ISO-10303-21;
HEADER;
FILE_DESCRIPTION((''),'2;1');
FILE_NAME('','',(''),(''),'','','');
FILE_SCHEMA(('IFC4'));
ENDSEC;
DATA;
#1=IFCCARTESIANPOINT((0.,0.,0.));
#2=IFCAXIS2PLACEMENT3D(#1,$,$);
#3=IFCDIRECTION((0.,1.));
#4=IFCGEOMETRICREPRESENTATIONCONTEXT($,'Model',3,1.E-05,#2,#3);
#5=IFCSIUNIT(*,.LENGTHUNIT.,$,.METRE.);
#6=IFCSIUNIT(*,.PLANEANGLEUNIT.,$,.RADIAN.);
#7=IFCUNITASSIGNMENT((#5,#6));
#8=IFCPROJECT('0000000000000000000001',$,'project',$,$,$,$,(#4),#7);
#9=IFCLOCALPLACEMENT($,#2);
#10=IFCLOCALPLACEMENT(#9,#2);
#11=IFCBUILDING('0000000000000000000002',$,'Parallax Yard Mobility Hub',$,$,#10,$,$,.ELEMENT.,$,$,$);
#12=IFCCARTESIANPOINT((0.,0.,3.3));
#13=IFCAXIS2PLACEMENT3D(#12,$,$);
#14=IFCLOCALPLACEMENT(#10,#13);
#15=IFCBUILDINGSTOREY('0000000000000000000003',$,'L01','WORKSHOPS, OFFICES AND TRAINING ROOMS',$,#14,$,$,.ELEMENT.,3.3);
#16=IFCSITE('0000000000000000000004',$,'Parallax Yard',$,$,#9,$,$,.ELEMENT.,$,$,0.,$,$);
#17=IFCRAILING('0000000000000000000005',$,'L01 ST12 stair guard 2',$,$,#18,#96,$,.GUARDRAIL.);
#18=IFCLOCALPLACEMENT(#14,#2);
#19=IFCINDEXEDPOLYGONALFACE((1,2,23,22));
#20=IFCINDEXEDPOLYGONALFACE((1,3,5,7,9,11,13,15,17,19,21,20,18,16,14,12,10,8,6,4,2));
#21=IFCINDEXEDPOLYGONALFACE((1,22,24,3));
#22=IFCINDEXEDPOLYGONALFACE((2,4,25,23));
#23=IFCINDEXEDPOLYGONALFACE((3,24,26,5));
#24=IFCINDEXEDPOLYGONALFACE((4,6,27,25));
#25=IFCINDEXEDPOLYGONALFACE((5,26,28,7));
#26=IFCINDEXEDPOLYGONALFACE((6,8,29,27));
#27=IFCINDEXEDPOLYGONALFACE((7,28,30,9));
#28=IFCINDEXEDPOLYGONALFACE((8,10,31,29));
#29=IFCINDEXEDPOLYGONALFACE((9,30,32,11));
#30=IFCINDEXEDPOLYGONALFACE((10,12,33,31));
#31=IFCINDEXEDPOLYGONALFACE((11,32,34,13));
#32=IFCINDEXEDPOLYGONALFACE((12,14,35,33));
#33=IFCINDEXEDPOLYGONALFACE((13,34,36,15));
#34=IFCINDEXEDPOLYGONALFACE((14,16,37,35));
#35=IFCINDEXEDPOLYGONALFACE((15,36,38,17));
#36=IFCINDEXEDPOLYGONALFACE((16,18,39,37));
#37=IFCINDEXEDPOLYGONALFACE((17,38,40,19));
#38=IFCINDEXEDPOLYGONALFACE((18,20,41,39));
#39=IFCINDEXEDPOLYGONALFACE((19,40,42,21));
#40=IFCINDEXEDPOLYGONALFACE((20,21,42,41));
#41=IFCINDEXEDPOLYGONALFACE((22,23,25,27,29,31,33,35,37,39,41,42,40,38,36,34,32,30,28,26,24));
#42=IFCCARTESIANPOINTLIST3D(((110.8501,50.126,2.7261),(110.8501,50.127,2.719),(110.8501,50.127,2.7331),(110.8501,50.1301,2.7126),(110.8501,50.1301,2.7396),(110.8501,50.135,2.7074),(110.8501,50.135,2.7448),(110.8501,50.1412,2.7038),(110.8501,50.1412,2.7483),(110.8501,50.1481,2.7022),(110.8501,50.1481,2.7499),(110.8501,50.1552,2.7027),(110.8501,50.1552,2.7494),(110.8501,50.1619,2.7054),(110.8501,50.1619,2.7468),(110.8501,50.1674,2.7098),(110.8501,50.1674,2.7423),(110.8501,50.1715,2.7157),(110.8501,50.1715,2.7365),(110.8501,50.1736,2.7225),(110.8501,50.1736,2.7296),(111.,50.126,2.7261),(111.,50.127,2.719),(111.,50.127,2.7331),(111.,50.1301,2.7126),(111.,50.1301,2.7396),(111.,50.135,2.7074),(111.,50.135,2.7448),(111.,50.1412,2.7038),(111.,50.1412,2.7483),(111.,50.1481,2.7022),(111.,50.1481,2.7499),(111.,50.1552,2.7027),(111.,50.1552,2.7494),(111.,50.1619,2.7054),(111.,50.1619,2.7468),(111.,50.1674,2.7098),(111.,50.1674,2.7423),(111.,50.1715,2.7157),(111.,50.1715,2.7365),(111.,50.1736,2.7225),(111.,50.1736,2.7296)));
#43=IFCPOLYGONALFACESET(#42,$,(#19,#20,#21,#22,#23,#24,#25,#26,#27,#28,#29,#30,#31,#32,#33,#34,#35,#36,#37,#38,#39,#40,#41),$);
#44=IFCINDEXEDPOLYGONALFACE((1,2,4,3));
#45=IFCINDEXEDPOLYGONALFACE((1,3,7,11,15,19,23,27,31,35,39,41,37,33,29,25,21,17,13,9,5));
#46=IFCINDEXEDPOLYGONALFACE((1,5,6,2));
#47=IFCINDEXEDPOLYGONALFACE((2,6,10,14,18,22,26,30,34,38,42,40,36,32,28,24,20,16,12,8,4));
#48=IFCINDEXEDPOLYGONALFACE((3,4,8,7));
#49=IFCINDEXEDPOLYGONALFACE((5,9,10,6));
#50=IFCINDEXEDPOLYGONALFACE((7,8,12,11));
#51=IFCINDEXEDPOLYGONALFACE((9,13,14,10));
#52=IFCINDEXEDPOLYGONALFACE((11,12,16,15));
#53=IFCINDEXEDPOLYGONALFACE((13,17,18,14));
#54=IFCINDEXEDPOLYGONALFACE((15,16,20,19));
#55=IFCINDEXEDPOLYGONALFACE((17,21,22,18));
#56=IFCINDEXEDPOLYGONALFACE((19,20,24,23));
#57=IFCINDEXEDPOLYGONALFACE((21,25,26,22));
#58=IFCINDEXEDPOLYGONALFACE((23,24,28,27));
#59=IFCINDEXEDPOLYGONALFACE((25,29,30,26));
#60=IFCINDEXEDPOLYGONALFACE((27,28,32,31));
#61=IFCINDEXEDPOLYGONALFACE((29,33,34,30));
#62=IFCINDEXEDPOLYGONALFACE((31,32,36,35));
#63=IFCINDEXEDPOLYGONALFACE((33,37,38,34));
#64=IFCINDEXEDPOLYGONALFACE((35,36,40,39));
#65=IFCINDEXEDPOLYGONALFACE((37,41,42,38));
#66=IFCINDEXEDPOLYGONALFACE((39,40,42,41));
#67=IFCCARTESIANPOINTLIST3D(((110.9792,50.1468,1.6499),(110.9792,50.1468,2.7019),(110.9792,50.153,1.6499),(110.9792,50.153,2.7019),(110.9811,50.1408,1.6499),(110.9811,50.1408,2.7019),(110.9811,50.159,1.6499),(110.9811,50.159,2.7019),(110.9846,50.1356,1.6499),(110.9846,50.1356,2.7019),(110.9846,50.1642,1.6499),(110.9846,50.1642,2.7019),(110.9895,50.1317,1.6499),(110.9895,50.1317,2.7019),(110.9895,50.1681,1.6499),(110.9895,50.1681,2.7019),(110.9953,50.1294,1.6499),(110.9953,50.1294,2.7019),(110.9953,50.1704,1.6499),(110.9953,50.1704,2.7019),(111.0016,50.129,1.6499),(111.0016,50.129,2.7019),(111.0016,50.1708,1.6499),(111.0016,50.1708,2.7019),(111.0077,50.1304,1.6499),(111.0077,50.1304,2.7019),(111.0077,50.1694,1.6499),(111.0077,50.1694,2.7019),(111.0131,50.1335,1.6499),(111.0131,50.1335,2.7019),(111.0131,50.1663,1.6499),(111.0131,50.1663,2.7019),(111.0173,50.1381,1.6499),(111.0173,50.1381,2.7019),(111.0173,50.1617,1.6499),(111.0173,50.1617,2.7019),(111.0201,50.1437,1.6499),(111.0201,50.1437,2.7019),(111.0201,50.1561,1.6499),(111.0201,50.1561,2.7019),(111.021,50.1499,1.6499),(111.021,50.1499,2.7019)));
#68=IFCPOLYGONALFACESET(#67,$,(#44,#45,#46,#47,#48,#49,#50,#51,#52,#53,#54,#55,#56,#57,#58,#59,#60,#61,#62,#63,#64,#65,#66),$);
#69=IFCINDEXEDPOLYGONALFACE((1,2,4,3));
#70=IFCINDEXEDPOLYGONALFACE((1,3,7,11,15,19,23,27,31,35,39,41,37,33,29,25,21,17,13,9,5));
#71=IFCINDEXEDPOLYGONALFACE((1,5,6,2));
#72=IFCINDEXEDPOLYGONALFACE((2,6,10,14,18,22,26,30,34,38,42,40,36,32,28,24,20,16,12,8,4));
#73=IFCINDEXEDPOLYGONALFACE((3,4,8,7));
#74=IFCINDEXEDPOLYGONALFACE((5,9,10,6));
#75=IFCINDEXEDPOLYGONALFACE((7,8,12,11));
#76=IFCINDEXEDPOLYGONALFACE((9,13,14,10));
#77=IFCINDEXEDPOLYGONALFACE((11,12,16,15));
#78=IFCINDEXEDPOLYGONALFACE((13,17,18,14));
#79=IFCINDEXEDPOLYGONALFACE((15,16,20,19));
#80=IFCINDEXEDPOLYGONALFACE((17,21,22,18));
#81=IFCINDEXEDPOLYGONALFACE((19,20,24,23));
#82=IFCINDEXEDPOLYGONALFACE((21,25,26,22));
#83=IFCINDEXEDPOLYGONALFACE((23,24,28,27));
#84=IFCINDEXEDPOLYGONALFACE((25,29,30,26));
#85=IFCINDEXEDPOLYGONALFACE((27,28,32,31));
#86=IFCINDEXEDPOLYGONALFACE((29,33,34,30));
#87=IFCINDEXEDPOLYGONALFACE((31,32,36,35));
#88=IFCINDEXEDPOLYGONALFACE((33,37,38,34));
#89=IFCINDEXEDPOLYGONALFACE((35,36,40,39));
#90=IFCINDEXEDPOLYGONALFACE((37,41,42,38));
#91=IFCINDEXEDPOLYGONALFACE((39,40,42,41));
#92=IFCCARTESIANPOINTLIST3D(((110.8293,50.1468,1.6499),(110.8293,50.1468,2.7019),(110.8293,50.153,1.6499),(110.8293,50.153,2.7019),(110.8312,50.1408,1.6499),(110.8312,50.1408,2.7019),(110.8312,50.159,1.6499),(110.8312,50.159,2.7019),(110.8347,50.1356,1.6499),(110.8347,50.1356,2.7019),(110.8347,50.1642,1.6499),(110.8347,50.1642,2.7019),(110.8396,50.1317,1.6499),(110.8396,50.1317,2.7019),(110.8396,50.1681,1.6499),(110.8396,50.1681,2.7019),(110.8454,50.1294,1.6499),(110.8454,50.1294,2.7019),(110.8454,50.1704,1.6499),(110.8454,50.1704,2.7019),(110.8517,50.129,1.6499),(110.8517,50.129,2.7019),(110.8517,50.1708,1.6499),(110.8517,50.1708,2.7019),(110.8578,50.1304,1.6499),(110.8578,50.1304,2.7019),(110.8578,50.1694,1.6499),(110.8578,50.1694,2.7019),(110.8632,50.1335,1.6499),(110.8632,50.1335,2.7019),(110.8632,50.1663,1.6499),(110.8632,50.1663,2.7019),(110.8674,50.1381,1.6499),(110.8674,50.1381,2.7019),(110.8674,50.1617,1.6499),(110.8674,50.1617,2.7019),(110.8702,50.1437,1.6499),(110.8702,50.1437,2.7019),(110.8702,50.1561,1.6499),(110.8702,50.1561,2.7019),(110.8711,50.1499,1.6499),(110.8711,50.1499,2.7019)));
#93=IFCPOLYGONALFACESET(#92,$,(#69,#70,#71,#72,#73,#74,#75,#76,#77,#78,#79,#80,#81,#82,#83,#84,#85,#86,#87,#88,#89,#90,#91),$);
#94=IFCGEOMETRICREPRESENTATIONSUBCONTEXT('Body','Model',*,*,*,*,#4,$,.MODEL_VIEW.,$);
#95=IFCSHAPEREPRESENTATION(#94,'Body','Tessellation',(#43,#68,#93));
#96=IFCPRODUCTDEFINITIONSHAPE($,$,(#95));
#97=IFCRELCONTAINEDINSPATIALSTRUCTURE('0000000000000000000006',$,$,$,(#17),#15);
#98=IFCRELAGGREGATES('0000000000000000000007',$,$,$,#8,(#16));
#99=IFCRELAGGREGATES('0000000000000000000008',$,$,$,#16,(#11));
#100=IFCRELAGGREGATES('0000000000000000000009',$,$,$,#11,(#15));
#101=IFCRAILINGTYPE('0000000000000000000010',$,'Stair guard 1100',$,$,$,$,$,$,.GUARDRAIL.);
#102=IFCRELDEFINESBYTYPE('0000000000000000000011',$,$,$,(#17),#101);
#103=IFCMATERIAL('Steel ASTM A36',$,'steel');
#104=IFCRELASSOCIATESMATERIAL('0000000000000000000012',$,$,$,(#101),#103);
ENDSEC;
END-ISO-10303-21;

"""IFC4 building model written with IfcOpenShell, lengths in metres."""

from ifc_helpers import new_model, si_unit, direction, frame, origin, origin_2d, place, context, subcontext, project, spatial, circle, extrude, material, type_object, element, save


model = new_model("IFC4")

# Units and contexts
model_context = context("Model", 3, precision=1e-05, world=origin(), true_north=direction((0.0, 1.0)))
body_context = subcontext(model_context, "Body", "Model", "MODEL_VIEW")
ifc_project = project(units=[si_unit("LENGTHUNIT", "METRE"), si_unit("PLANEANGLEUNIT", "RADIAN")], contexts=[model_context])

# Site, building, storey
site_placement = place(None, origin())
site = spatial("IfcSite", under=ifc_project, at=site_placement, Name="Parallax Yard", CompositionType="ELEMENT", RefElevation=0.0)
building_placement = place(site_placement, origin())
building = spatial("IfcBuilding", under=site, at=building_placement, Name="Parallax Yard Mobility Hub", CompositionType="ELEMENT")
storey_placement = place(building_placement, frame((0.0, 0.0, 3.3)))
storey = spatial("IfcBuildingStorey", under=building, at=storey_placement, Name="L01", Description="WORKSHOPS, OFFICES AND TRAINING ROOMS", CompositionType="ELEMENT", Elevation=3.3)

# Railing
ifc_material_1 = material(Name="Steel ASTM A36", Category="steel")
railing_type_1 = type_object("IfcRailingType", Name="Stair guard 1100", PredefinedType="GUARDRAIL", material=ifc_material_1)
railing_1_placement = place(storey_placement, frame((111.0, 50.1499, 1.6499)))
element("IfcRailing", 1, at=railing_1_placement, inside=storey, type_object=railing_type_1, Name="L01 ST12 stair guard 2", PredefinedType="GUARDRAIL", context=body_context, shape_type="SweptSolid", body=[
    extrude(circle(Radius=0.0239, at=origin_2d()), frame((0.0, 0.0, 1.0762), z_axis=(-1.0, 0.0, 0.0), x_axis=(0.0, -1.0, 0.0)), (0.0, 0.0, 1.0), 0.1499),
    extrude(circle(Radius=0.021, at=origin_2d()), origin(), (0.0, 0.0, 1.0), 1.052),
    extrude(circle(Radius=0.021, at=origin_2d()), frame((-0.1499, 0.0, 0.0)), (0.0, 0.0, 1.0), 1.052),
])

save(model, "model.ifc")
